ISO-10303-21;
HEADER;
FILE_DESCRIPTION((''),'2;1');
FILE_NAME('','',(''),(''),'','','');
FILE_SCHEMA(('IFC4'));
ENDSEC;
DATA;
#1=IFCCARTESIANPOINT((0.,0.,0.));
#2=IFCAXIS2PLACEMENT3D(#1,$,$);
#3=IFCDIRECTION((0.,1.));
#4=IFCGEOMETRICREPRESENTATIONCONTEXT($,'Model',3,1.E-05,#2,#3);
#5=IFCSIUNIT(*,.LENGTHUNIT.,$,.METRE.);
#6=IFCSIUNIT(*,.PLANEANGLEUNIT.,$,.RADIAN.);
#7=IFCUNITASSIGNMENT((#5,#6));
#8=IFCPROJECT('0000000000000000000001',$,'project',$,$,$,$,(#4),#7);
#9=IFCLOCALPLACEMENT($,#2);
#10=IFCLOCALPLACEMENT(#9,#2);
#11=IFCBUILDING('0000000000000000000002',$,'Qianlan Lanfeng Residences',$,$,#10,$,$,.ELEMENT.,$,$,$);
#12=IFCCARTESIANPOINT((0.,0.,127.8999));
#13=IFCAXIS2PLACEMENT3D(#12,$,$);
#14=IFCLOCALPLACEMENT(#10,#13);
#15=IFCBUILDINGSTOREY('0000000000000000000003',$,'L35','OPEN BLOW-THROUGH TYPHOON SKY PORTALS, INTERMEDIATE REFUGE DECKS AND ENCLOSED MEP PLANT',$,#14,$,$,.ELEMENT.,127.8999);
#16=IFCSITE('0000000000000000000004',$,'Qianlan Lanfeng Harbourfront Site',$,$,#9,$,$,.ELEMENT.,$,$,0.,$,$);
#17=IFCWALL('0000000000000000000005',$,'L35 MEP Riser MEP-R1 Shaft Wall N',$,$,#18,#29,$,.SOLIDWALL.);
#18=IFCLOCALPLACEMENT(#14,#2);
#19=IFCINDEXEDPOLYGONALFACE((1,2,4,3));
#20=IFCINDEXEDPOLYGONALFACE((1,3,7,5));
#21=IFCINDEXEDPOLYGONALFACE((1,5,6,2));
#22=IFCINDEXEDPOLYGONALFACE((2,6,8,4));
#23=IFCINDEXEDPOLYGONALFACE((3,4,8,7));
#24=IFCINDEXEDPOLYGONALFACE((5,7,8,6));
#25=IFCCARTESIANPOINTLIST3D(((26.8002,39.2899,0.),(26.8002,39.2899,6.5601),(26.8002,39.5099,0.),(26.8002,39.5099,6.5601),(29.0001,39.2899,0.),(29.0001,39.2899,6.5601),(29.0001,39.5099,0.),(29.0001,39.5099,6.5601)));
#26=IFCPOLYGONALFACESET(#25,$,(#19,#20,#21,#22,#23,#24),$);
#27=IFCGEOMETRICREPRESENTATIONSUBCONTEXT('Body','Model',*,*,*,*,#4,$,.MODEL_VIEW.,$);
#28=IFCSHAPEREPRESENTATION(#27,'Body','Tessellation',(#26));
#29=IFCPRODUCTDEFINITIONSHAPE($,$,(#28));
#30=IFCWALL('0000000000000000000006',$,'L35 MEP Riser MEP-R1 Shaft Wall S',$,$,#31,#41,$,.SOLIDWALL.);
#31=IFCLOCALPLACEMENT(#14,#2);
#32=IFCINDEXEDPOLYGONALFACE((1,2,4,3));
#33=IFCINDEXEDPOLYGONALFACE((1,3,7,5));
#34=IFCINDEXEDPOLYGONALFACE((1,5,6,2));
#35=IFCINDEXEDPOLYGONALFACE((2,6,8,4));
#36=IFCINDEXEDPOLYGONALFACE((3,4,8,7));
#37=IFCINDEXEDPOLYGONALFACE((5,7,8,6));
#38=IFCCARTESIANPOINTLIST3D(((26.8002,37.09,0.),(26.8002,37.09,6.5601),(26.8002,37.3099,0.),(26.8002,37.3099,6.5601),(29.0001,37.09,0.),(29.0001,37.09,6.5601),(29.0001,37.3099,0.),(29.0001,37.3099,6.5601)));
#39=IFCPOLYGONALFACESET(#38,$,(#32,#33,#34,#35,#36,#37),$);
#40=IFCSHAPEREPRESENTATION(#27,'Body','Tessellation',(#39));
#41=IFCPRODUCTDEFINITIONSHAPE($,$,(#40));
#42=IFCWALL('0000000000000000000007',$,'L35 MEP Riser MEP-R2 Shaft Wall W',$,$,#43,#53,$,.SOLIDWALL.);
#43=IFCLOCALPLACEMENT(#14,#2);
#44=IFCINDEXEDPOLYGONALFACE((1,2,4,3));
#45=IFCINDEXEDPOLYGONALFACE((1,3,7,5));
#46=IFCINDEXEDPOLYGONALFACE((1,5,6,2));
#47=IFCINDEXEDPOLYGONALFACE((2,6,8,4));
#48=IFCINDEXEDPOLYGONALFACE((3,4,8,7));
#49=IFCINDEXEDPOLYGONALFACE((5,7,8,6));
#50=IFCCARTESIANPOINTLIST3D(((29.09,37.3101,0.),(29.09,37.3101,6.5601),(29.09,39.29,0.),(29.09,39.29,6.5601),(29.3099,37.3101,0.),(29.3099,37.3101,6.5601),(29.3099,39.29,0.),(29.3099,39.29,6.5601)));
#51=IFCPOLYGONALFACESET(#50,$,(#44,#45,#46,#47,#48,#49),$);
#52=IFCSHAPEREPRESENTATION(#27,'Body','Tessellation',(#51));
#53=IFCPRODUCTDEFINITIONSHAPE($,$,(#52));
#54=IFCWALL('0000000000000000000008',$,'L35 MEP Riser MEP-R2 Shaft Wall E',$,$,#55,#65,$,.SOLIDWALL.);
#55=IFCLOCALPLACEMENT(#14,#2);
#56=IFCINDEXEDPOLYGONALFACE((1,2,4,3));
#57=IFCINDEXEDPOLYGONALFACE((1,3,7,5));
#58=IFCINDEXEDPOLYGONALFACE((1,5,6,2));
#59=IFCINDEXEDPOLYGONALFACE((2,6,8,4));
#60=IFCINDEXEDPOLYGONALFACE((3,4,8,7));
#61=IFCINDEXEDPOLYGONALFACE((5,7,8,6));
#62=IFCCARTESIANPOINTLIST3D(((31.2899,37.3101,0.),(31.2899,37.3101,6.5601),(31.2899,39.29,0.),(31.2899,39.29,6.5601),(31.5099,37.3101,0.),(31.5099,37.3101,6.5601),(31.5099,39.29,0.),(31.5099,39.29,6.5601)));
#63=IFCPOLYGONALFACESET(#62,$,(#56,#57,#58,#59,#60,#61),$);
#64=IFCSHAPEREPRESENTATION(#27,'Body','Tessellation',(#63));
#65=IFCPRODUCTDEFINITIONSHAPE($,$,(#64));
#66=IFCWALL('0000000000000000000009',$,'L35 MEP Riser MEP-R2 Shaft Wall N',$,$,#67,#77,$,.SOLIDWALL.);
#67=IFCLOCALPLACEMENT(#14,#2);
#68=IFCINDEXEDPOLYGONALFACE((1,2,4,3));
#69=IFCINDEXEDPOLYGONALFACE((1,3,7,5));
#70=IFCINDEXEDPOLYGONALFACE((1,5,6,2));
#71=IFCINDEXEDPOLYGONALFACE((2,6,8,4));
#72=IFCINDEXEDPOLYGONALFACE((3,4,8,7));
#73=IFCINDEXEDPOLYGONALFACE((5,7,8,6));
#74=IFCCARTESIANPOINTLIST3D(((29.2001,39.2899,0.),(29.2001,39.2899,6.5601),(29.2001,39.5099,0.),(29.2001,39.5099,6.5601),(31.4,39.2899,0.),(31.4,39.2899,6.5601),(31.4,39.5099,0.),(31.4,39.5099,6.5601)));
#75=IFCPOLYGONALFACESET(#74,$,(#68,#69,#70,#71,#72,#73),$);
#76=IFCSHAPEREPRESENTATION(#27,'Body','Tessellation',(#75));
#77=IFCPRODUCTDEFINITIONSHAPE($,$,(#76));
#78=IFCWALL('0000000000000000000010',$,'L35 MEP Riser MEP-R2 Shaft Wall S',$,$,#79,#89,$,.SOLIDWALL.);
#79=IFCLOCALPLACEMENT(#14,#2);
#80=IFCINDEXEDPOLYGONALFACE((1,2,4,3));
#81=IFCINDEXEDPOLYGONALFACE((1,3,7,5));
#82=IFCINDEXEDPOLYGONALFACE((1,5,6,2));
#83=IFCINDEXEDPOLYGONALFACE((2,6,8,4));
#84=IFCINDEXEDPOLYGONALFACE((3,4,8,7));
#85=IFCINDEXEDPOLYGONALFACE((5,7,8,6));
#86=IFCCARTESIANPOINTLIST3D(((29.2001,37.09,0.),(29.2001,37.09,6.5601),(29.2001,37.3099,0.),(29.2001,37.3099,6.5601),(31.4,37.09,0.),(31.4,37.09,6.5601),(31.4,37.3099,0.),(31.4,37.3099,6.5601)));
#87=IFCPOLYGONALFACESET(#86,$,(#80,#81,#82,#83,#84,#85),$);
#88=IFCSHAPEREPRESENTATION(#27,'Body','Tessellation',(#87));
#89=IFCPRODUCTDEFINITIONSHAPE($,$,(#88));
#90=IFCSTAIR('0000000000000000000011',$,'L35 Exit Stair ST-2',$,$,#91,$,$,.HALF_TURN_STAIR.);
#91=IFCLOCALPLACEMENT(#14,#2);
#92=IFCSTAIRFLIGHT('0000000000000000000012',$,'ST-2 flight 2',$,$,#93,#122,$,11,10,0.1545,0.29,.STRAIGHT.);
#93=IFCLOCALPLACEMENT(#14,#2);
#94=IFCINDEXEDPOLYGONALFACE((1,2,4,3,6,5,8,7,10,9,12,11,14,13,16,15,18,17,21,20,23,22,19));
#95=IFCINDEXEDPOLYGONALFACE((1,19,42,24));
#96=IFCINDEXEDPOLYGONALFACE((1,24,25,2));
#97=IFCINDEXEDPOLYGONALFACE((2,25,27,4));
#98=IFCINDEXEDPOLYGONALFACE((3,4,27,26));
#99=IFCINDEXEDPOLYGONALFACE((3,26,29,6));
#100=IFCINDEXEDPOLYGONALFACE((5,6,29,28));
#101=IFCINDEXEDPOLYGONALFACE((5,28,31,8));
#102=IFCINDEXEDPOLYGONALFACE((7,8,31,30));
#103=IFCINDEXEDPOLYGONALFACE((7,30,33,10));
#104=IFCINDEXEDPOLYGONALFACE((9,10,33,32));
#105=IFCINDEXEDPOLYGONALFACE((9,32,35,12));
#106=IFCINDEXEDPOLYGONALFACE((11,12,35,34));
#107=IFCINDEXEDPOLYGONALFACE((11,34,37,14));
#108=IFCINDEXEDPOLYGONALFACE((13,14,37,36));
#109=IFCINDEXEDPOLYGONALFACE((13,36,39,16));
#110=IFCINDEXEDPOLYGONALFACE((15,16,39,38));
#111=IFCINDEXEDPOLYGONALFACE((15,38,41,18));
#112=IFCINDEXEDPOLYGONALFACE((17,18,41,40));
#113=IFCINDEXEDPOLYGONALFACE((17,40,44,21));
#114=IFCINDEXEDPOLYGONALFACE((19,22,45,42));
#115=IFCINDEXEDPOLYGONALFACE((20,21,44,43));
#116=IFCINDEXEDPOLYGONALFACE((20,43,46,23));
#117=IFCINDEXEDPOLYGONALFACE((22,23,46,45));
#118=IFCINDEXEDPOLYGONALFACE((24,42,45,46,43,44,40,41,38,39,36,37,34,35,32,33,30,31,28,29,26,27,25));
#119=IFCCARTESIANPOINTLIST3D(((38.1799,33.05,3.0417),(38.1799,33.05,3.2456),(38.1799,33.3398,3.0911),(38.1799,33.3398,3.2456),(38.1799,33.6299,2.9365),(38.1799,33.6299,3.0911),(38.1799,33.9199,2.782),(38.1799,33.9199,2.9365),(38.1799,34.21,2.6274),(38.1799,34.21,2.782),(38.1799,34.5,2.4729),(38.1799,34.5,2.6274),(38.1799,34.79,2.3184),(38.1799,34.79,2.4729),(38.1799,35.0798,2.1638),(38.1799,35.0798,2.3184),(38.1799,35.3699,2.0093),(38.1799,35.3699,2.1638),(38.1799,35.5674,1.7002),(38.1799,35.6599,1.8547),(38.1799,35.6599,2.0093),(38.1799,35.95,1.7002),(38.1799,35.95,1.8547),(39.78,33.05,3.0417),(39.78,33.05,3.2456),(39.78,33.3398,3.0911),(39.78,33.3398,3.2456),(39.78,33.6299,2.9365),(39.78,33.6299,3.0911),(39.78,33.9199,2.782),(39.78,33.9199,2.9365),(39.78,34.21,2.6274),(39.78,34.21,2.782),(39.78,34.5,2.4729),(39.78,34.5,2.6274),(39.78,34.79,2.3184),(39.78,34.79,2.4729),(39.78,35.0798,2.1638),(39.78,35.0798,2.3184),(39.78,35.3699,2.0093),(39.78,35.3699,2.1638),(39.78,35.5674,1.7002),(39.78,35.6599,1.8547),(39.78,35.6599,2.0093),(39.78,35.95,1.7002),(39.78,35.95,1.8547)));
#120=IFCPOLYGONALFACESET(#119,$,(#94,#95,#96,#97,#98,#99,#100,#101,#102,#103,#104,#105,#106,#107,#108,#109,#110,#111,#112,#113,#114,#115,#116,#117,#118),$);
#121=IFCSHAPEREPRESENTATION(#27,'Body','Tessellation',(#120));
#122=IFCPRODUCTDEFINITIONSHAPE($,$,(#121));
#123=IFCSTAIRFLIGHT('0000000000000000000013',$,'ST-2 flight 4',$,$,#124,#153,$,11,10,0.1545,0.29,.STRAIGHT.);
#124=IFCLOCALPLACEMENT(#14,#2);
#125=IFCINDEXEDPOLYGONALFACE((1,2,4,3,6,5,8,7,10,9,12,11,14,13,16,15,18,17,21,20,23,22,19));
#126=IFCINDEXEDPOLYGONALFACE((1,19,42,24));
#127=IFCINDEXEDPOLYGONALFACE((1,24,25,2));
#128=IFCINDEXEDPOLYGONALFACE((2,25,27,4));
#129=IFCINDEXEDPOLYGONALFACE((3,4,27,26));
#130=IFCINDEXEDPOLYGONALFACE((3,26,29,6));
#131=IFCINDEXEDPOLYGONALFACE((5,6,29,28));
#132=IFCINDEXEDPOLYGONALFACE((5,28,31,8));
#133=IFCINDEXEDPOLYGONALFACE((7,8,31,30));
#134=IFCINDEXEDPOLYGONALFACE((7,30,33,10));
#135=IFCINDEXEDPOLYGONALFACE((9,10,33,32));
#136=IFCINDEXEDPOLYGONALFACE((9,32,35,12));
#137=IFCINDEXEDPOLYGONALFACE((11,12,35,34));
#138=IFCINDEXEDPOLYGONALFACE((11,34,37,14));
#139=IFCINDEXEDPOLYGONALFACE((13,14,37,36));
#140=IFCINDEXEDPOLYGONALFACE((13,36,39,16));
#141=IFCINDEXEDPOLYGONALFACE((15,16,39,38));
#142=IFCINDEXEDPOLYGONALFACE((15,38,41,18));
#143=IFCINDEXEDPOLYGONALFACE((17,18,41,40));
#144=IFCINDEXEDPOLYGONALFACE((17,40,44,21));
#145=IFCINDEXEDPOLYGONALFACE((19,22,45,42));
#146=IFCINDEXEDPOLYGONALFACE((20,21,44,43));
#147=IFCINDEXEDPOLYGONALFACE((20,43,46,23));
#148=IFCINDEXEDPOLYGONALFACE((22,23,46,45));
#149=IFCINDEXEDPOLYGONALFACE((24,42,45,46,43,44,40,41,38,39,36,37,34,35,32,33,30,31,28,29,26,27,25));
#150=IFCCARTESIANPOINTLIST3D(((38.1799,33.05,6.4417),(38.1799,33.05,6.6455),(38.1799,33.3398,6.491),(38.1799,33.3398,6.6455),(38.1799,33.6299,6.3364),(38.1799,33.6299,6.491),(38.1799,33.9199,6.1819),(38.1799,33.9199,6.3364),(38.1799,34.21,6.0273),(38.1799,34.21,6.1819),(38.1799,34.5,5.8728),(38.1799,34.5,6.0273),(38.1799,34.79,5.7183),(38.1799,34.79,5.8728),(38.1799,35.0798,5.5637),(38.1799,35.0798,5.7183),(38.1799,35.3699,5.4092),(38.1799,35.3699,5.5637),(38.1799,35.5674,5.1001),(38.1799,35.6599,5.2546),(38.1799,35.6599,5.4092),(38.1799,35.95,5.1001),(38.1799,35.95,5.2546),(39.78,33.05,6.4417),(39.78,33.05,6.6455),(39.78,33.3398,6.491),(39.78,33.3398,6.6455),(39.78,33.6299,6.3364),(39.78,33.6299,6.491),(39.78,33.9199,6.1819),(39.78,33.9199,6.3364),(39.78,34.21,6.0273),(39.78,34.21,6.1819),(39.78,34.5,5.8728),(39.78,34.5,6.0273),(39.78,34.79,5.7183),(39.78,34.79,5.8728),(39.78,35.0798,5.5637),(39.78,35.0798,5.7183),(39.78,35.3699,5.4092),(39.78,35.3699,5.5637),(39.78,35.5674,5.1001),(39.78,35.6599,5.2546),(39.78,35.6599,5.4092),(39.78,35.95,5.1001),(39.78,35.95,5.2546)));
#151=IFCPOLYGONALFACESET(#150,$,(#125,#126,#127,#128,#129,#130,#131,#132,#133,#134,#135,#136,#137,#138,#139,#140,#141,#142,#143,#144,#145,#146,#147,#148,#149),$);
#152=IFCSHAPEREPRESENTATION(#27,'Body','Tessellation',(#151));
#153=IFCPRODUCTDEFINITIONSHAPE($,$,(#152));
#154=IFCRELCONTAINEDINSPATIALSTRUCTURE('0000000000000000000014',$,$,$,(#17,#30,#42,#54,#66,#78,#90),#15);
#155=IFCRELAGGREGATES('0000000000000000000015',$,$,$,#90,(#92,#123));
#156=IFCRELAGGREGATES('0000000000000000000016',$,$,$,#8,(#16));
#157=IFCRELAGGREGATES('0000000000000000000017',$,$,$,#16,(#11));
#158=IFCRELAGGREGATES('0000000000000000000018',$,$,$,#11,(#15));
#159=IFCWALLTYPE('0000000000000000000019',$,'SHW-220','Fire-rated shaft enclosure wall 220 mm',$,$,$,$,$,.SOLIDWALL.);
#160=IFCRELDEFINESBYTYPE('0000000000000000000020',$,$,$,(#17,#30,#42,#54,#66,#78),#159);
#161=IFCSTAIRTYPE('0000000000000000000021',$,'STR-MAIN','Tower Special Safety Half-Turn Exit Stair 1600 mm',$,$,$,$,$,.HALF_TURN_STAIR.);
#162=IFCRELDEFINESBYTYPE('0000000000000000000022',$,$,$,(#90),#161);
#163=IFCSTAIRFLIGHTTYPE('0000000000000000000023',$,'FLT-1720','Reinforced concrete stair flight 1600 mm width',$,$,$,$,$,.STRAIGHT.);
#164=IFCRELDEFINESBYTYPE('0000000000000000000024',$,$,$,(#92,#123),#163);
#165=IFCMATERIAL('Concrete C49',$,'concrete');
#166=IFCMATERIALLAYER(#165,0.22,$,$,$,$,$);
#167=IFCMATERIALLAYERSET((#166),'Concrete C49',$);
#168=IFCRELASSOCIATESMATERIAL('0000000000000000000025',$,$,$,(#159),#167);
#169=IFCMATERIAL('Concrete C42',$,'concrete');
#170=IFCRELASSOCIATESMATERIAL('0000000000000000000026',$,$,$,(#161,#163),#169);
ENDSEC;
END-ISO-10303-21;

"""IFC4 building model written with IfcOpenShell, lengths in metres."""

from ifc_helpers import new_model, si_unit, direction, frame, frame_2d, origin, place, context, subcontext, project, spatial, polyline, rectangle, outline, extrude, material, layer, layer_set, type_object, element, aggregate, save


model = new_model("IFC4")

# Units and contexts
model_context = context("Model", 3, precision=1e-05, world=origin(), true_north=direction((0.0, 1.0)))
body_context = subcontext(model_context, "Body", "Model", "MODEL_VIEW")
ifc_project = project(units=[si_unit("LENGTHUNIT", "METRE"), si_unit("PLANEANGLEUNIT", "RADIAN")], contexts=[model_context])

# Site, building, storey
site_placement = place(None, origin())
site = spatial("IfcSite", under=ifc_project, at=site_placement, Name="Qianlan Lanfeng Harbourfront Site", CompositionType="ELEMENT", RefElevation=0.0)
building_placement = place(site_placement, origin())
building = spatial("IfcBuilding", under=site, at=building_placement, Name="Qianlan Lanfeng Residences", CompositionType="ELEMENT")
storey_placement = place(building_placement, frame((0.0, 0.0, 127.8999)))
storey = spatial("IfcBuildingStorey", under=building, at=storey_placement, Name="L35", Description="OPEN BLOW-THROUGH TYPHOON SKY PORTALS, INTERMEDIATE REFUGE DECKS AND ENCLOSED MEP PLANT", CompositionType="ELEMENT", Elevation=127.8999)

# Walls
ifc_material_1 = material(Name="Concrete C49", Category="concrete")
ifc_layer_1 = layer(ifc_material_1, 0.22)
ifc_layer_set_1 = layer_set([ifc_layer_1], Name="Concrete C49")
wall_type_1 = type_object("IfcWallType", Name="SHW-220", Description="Fire-rated shaft enclosure wall 220 mm", PredefinedType="SOLIDWALL", material=ifc_layer_set_1)
for number, where, z_axis, x_axis, name in (
    (1, (26.8, 39.3999, 0.0), (0.0, 0.0, 1.0), (1.0, 0.0, 0.0), "L35 MEP Riser MEP-R1 Shaft Wall N"),
    (2, (26.8, 37.2, 0.0), (0.0, 0.0, 1.0), (1.0, 0.0, 0.0), "L35 MEP Riser MEP-R1 Shaft Wall S"),
):
    element("IfcWall", number, at=place(storey_placement, frame(where, z_axis=z_axis, x_axis=x_axis)), inside=storey, type_object=wall_type_1, Name=name, PredefinedType="SOLIDWALL", context=body_context, shape_type="SweptSolid", body=[
        extrude(rectangle(XDim=2.2, YDim=0.22, at=frame_2d((1.1001, 0.0))), origin(), (0.0, 0.0, 1.0), 6.5601),
    ])
for number, where, z_axis, x_axis, name in (
    (3, (29.2, 37.3101, 0.0), (0.0, 0.0, 1.0), (0.0, 1.0, 0.0), "L35 MEP Riser MEP-R2 Shaft Wall W"),
    (4, (31.3999, 37.3101, 0.0), (0.0, 0.0, 1.0), (0.0, 1.0, 0.0), "L35 MEP Riser MEP-R2 Shaft Wall E"),
):
    element("IfcWall", number, at=place(storey_placement, frame(where, z_axis=z_axis, x_axis=x_axis)), inside=storey, type_object=wall_type_1, Name=name, PredefinedType="SOLIDWALL", context=body_context, shape_type="SweptSolid", body=[
        extrude(rectangle(XDim=1.98, YDim=0.22, at=frame_2d((0.99, 0.0))), origin(), (0.0, 0.0, 1.0), 6.5601),
    ])
for number, where, z_axis, x_axis, name in (
    (5, (29.2, 39.3999, 0.0), (0.0, 0.0, 1.0), (1.0, 0.0, 0.0), "L35 MEP Riser MEP-R2 Shaft Wall N"),
    (6, (29.2, 37.2, 0.0), (0.0, 0.0, 1.0), (1.0, 0.0, 0.0), "L35 MEP Riser MEP-R2 Shaft Wall S"),
):
    element("IfcWall", number, at=place(storey_placement, frame(where, z_axis=z_axis, x_axis=x_axis)), inside=storey, type_object=wall_type_1, Name=name, PredefinedType="SOLIDWALL", context=body_context, shape_type="SweptSolid", body=[
        extrude(rectangle(XDim=2.2, YDim=0.22, at=frame_2d((1.1001, 0.0))), origin(), (0.0, 0.0, 1.0), 6.5601),
    ])

# Stair, stair flights
ifc_material_2 = material(Name="Concrete C42", Category="concrete")
stair_type = type_object("IfcStairType", Name="STR-MAIN", Description="Tower Special Safety Half-Turn Exit Stair 1600 mm", PredefinedType="HALF_TURN_STAIR", material=ifc_material_2)
stair_placement = place(storey_placement, origin())
stair = element("IfcStair", 7, at=stair_placement, inside=storey, type_object=stair_type, Name="L35 Exit Stair ST-2", PredefinedType="HALF_TURN_STAIR")
stair_flight_type = type_object("IfcStairFlightType", Name="FLT-1720", Description="Reinforced concrete stair flight 1600 mm width", PredefinedType="STRAIGHT", material=ifc_material_2)
stair_flight_1_placement = place(storey_placement, frame((38.98, 35.95, 1.7002), z_axis=(0.0, 0.0, 1.0), x_axis=(0.0, -1.0, 0.0)))
stair_flight_1 = element("IfcStairFlight", 8, at=stair_flight_1_placement, type_object=stair_flight_type, Name="ST-2 flight 2", NumberOfRisers=11, NumberOfTreads=10, PredefinedType="STRAIGHT", RiserHeight=0.1545, TreadLength=0.29, context=body_context, shape_type="SweptSolid", body=[
    extrude(outline(polyline([(0.0, 0.0), (0.0, 0.1545), (0.29, 0.1545), (0.29, 0.3091), (0.5801, 0.3091), (0.5801, 0.4636), (0.8701, 0.4636), (0.8701, 0.6182), (1.1599, 0.6182), (1.1599, 0.7727), (1.45, 0.7727), (1.45, 0.9272), (1.74, 0.9272), (1.74, 1.0818), (2.03, 1.0818), (2.03, 1.2363), (2.3201, 1.2363), (2.3201, 1.3909), (2.6101, 1.3909), (2.6101, 1.5454), (2.8999, 1.5454), (2.8999, 1.7), (2.8999, 1.3416), (0.3826, 0.0), (0.0, 0.0)])), frame((0.0, 0.8, 0.0), z_axis=(0.0, -1.0, 0.0), x_axis=(1.0, 0.0, 0.0)), (0.0, 0.0, 1.0), 1.6001),
])
stair_flight_2_placement = place(storey_placement, frame((38.98, 35.95, 5.1001), z_axis=(0.0, 0.0, 1.0), x_axis=(0.0, -1.0, 0.0)))
stair_flight_2 = element("IfcStairFlight", 9, at=stair_flight_2_placement, type_object=stair_flight_type, Name="ST-2 flight 4", NumberOfRisers=11, NumberOfTreads=10, PredefinedType="STRAIGHT", RiserHeight=0.1545, TreadLength=0.29, context=body_context, shape_type="SweptSolid", body=[
    extrude(outline(polyline([(0.0, 0.0), (0.0, 0.1545), (0.29, 0.1545), (0.29, 0.3091), (0.5801, 0.3091), (0.5801, 0.4636), (0.8701, 0.4636), (0.8701, 0.6182), (1.1599, 0.6182), (1.1599, 0.7727), (1.45, 0.7727), (1.45, 0.9272), (1.74, 0.9272), (1.74, 1.0818), (2.03, 1.0818), (2.03, 1.2363), (2.3201, 1.2363), (2.3201, 1.3909), (2.6101, 1.3909), (2.6101, 1.5454), (2.8999, 1.5454), (2.8999, 1.7), (2.8999, 1.3416), (0.3826, 0.0), (0.0, 0.0)])), frame((0.0, 0.8, 0.0), z_axis=(0.0, -1.0, 0.0), x_axis=(1.0, 0.0, 0.0)), (0.0, 0.0, 1.0), 1.6001),
])
aggregate(stair, [stair_flight_1, stair_flight_2])

save(model, "model.ifc")
